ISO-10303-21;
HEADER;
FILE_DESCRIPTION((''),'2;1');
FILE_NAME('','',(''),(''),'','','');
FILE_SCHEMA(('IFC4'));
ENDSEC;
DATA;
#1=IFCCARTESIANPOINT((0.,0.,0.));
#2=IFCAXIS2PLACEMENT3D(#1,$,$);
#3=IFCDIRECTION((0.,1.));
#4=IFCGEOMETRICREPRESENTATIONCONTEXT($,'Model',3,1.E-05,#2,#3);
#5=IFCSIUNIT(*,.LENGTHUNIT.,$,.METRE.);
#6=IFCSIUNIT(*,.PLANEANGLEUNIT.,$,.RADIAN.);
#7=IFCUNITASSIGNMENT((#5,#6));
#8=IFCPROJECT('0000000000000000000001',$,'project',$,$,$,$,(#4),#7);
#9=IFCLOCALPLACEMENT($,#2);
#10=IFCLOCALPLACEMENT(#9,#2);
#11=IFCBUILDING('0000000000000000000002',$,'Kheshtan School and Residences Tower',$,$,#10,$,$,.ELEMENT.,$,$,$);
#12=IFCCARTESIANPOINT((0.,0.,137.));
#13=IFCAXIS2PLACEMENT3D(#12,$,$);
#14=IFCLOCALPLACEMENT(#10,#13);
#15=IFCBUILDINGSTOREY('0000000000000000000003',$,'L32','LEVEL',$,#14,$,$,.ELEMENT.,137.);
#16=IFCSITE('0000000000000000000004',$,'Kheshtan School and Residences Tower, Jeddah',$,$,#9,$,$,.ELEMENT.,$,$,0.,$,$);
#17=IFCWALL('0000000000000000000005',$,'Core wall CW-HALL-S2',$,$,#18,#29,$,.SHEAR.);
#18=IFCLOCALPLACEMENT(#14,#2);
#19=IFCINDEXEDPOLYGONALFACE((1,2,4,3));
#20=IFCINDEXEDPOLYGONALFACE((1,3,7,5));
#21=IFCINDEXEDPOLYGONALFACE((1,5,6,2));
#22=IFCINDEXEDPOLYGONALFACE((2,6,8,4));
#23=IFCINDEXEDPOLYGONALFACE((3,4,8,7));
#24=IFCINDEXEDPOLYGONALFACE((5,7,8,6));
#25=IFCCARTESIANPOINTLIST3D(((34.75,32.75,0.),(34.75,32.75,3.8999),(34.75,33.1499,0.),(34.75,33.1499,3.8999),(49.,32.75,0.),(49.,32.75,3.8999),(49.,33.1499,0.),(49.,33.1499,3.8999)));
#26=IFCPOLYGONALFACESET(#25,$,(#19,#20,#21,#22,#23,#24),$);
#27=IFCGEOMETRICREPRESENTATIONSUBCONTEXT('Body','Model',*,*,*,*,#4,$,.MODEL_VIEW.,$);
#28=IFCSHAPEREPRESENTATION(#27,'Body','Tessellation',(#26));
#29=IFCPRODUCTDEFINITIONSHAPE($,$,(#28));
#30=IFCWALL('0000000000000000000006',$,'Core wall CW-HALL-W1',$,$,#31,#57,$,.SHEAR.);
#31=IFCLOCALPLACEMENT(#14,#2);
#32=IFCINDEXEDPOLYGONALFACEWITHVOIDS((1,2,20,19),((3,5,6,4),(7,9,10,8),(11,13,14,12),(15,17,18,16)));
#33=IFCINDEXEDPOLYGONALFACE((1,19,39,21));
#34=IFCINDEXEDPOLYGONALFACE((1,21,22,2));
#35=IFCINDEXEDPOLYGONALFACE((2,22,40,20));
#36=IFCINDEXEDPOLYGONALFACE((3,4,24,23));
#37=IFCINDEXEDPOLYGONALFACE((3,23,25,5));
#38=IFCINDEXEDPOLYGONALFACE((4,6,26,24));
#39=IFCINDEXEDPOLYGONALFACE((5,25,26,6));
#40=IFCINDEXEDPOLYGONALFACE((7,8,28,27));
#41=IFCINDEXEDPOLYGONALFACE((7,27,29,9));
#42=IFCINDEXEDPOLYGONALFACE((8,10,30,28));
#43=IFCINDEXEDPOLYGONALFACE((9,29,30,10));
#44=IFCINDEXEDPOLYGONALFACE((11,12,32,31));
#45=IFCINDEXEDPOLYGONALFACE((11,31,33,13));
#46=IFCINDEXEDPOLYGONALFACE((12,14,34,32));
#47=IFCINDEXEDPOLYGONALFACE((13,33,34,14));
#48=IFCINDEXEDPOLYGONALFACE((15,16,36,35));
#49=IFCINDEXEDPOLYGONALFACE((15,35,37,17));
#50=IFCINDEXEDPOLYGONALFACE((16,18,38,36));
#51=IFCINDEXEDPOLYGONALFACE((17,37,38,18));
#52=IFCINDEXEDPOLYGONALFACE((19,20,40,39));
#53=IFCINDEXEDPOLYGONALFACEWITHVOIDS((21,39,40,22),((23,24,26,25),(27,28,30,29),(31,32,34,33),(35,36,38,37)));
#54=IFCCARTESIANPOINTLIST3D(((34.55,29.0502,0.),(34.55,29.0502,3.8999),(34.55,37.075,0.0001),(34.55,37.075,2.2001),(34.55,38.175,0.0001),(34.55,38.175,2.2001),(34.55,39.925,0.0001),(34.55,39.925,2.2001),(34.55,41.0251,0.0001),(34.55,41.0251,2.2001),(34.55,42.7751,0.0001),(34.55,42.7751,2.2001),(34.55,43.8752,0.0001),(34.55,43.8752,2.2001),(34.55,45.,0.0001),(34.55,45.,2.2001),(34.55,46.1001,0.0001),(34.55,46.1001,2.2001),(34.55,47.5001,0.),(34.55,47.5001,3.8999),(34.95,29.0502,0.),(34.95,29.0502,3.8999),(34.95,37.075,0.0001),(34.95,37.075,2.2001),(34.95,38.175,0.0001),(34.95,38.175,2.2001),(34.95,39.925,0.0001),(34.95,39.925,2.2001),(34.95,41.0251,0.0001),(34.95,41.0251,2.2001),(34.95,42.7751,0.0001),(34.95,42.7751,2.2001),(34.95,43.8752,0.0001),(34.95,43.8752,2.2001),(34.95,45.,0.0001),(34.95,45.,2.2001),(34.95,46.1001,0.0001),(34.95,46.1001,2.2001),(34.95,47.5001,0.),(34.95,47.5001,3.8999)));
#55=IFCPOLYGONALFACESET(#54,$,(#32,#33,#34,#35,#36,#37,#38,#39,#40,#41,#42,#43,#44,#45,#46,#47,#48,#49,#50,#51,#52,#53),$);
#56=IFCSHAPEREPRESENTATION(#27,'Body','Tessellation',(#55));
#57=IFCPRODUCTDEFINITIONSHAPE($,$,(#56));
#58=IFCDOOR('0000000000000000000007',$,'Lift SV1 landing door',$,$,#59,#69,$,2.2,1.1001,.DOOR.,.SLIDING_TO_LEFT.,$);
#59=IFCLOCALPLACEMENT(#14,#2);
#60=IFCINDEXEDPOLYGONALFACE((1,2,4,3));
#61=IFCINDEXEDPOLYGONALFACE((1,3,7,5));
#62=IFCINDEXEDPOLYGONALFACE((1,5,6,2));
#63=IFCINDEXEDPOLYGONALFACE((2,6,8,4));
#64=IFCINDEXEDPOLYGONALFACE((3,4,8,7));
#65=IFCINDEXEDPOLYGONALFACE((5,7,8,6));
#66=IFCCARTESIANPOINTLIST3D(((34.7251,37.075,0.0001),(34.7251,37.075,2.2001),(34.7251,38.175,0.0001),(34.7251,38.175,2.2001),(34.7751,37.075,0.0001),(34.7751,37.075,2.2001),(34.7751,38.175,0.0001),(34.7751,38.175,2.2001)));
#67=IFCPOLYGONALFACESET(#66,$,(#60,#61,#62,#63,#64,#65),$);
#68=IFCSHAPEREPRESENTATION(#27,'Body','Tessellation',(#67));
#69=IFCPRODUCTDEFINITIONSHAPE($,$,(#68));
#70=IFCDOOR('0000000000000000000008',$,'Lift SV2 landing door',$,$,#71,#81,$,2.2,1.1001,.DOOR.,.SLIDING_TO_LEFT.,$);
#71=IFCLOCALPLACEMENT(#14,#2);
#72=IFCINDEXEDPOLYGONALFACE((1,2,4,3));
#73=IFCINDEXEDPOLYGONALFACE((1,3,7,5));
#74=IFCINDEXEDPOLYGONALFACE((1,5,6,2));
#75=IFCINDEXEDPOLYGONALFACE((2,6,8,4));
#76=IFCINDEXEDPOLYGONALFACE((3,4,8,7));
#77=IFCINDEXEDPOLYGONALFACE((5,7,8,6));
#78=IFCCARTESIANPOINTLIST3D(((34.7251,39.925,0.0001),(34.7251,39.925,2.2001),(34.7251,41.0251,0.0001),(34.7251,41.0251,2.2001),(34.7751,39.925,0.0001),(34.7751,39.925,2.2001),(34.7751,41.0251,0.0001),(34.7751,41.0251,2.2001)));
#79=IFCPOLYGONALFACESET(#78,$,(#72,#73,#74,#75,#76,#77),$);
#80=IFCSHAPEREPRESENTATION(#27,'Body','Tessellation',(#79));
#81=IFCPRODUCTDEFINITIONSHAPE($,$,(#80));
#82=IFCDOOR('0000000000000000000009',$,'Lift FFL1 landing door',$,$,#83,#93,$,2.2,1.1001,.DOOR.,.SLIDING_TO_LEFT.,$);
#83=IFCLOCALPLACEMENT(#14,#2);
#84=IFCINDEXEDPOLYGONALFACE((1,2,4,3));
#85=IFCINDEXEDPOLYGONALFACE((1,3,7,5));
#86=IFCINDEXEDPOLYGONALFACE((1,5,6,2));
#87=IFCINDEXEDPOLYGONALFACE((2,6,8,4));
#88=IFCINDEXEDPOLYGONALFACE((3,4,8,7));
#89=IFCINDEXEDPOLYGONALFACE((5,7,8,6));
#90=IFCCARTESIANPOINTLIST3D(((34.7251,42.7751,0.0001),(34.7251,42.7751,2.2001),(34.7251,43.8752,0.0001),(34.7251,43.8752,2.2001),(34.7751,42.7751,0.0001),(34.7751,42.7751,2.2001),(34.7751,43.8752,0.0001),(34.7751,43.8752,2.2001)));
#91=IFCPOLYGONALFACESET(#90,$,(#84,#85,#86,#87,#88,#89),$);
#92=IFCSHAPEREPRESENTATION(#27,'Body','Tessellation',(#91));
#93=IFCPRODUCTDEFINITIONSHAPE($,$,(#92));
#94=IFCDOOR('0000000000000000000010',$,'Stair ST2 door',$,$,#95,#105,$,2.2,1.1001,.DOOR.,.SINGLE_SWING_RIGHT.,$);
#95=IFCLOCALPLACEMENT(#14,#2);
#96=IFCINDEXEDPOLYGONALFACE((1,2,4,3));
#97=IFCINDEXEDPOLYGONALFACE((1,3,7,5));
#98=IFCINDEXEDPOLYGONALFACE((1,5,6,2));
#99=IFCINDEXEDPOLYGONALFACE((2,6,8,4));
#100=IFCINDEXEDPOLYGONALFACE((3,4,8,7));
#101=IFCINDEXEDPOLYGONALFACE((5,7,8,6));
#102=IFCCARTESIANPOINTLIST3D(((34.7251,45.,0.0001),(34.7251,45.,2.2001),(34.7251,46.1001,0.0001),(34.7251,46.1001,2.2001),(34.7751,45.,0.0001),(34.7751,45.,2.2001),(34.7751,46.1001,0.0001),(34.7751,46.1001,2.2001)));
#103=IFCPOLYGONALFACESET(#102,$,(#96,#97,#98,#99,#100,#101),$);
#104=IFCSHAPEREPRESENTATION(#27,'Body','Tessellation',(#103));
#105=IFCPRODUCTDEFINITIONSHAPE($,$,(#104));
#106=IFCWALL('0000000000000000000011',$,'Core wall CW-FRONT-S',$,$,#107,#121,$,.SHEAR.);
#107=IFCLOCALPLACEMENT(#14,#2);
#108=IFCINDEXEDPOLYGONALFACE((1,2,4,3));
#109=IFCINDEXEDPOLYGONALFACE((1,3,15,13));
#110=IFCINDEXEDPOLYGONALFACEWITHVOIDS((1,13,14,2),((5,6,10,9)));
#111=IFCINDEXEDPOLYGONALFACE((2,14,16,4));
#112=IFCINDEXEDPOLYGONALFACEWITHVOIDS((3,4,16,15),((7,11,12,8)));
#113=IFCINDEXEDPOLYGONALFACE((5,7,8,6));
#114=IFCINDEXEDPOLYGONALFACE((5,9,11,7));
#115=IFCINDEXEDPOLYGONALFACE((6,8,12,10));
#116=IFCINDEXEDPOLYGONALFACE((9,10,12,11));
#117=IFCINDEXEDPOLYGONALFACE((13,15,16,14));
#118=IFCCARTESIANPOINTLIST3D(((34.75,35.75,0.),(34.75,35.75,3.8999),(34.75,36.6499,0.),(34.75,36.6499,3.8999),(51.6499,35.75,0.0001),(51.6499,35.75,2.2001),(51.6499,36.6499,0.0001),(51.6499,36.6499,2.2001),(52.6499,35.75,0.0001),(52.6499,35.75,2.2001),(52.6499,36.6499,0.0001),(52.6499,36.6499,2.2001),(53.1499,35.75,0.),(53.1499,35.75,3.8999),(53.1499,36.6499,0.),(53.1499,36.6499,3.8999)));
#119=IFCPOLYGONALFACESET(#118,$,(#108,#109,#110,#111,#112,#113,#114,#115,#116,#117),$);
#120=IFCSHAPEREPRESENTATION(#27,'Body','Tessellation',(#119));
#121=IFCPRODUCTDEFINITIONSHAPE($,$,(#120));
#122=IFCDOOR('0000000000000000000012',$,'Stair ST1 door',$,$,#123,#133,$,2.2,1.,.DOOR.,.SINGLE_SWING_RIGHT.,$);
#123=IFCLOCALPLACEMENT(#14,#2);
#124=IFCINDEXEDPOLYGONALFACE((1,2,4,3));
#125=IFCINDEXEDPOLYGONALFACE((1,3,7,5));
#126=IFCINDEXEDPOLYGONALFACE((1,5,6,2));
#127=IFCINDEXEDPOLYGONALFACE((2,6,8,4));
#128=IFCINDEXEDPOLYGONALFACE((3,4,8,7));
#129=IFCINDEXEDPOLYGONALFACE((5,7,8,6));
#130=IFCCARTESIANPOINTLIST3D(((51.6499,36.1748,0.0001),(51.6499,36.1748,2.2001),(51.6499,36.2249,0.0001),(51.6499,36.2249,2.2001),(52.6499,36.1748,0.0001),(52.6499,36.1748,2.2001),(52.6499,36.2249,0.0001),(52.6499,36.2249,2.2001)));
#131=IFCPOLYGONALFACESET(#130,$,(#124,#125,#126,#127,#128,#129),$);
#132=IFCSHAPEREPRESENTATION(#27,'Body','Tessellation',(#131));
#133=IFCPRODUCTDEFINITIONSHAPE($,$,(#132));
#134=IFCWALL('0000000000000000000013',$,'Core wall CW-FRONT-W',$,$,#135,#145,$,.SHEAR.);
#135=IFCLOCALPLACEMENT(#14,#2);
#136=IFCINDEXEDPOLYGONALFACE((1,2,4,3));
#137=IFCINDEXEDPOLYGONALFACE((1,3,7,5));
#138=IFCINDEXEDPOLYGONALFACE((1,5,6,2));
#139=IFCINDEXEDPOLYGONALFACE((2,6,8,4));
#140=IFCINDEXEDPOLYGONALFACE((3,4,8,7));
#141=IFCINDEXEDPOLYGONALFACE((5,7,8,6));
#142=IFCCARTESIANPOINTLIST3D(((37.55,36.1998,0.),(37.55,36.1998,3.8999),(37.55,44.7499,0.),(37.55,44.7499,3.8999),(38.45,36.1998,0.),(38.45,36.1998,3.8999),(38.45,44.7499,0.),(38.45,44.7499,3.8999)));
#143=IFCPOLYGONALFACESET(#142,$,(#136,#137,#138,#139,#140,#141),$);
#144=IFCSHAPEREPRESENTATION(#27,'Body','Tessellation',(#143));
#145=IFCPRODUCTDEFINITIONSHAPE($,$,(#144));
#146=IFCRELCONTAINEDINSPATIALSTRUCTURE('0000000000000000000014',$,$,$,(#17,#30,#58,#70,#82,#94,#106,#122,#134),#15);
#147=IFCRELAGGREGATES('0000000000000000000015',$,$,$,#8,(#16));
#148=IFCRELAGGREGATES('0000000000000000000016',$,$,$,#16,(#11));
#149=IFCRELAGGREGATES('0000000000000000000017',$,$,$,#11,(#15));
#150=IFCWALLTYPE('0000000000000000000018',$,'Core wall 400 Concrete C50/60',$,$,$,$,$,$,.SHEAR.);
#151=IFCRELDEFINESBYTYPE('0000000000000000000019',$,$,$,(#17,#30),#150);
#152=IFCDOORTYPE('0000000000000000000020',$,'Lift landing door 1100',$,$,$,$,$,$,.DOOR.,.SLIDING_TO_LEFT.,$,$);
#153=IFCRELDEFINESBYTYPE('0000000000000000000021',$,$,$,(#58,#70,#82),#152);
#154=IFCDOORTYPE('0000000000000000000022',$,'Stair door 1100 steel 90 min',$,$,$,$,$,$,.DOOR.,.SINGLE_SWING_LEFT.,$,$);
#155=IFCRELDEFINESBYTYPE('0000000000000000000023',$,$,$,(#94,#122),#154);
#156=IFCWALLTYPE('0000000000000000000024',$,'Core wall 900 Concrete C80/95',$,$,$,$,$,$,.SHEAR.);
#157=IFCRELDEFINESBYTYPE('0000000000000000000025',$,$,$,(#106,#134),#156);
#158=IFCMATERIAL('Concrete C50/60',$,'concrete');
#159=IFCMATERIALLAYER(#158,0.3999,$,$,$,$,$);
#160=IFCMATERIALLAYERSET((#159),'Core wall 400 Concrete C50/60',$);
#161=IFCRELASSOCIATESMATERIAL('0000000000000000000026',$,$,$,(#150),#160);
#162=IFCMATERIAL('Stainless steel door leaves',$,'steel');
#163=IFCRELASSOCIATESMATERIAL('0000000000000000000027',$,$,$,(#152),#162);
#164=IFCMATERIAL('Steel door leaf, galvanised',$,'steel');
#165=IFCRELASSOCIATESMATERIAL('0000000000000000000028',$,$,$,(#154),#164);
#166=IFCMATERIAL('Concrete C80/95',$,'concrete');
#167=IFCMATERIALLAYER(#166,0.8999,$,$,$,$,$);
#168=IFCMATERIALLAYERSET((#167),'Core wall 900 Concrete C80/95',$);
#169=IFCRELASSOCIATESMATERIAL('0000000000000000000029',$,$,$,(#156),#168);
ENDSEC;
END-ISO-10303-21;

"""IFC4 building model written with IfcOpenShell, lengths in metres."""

from ifc_helpers import new_model, si_unit, direction, frame, frame_2d, origin, place, context, subcontext, project, spatial, rectangle, extrude, source, transform, mapped, material, layer, layer_set, type_object, element, fill, save


model = new_model("IFC4")

# Units and contexts
model_context = context("Model", 3, precision=1e-05, world=origin(), true_north=direction((0.0, 1.0)))
body_context = subcontext(model_context, "Body", "Model", "MODEL_VIEW")
ifc_project = project(units=[si_unit("LENGTHUNIT", "METRE"), si_unit("PLANEANGLEUNIT", "RADIAN")], contexts=[model_context])

# Site, building, storey
site_placement = place(None, origin())
site = spatial("IfcSite", under=ifc_project, at=site_placement, Name="Kheshtan School and Residences Tower, Jeddah", CompositionType="ELEMENT", RefElevation=0.0)
building_placement = place(site_placement, origin())
building = spatial("IfcBuilding", under=site, at=building_placement, Name="Kheshtan School and Residences Tower", CompositionType="ELEMENT")
storey_placement = place(building_placement, frame((0.0, 0.0, 137.0)))
storey = spatial("IfcBuildingStorey", under=building, at=storey_placement, Name="L32", Description="LEVEL", CompositionType="ELEMENT", Elevation=137.0)

# Wall
ifc_material_1 = material(Name="Concrete C50/60", Category="concrete")
ifc_layer_1 = layer(ifc_material_1, 0.3999)
ifc_layer_set_1 = layer_set([ifc_layer_1], Name="Core wall 400 Concrete C50/60")
wall_type_1 = type_object("IfcWallType", Name="Core wall 400 Concrete C50/60", PredefinedType="SHEAR", material=ifc_layer_set_1)
wall_1_placement = place(storey_placement, frame((34.75, 32.95, 0.0), z_axis=(0.0, 0.0, 1.0), x_axis=(1.0, 0.0, 0.0)))
element("IfcWall", 1, at=wall_1_placement, inside=storey, type_object=wall_type_1, Name="Core wall CW-HALL-S2", PredefinedType="SHEAR", context=body_context, shape_type="SweptSolid", body=[
    extrude(rectangle(XDim=14.25, YDim=0.3999, at=frame_2d((7.125, 0.0))), origin(), (0.0, 0.0, 1.0), 3.8999),
])

# Wall, openings, doors
wall_2_placement = place(storey_placement, frame((34.75, 29.05, 0.0), z_axis=(0.0, 0.0, 1.0), x_axis=(0.0, 1.0, 0.0)))
wall_2 = element("IfcWall", 2, at=wall_2_placement, inside=storey, type_object=wall_type_1, Name="Core wall CW-HALL-W1", PredefinedType="SHEAR", context=body_context, shape_type="SweptSolid", body=[
    extrude(rectangle(XDim=18.45, YDim=0.3999, at=frame_2d((9.2251, 0.0))), origin(), (0.0, 0.0, 1.0), 3.8999),
])
opening_1_placement = place(wall_2_placement, frame((8.0249, 0.0, 0.0)))
opening_1 = element("IfcOpeningElement", 3, at=opening_1_placement, cuts=wall_2, PredefinedType="OPENING", context=body_context, shape_type="SweptSolid", body=[
    extrude(rectangle(XDim=1.1001, YDim=2.2, at=frame_2d((0.55, 1.1001))), frame((0.0, 0.21, 0.0), z_axis=(0.0, -1.0, 0.0), x_axis=(1.0, 0.0, 0.0)), (0.0, 0.0, 1.0), 0.4199),
])
opening_2_placement = place(wall_2_placement, frame((10.875, 0.0, 0.0)))
opening_2 = element("IfcOpeningElement", 4, at=opening_2_placement, cuts=wall_2, PredefinedType="OPENING", context=body_context, shape_type="SweptSolid", body=[
    extrude(rectangle(XDim=1.1001, YDim=2.2, at=frame_2d((0.55, 1.1001))), frame((0.0, 0.21, 0.0), z_axis=(0.0, -1.0, 0.0), x_axis=(1.0, 0.0, 0.0)), (0.0, 0.0, 1.0), 0.4199),
])
opening_3_placement = place(wall_2_placement, frame((13.7251, 0.0, 0.0)))
opening_3 = element("IfcOpeningElement", 5, at=opening_3_placement, cuts=wall_2, PredefinedType="OPENING", context=body_context, shape_type="SweptSolid", body=[
    extrude(rectangle(XDim=1.1001, YDim=2.2, at=frame_2d((0.55, 1.1001))), frame((0.0, 0.21, 0.0), z_axis=(0.0, -1.0, 0.0), x_axis=(1.0, 0.0, 0.0)), (0.0, 0.0, 1.0), 0.4199),
])
opening_4_placement = place(wall_2_placement, frame((15.95, 0.0, 0.0)))
opening_4 = element("IfcOpeningElement", 6, at=opening_4_placement, cuts=wall_2, PredefinedType="OPENING", context=body_context, shape_type="SweptSolid", body=[
    extrude(rectangle(XDim=1.1001, YDim=2.2, at=frame_2d((0.55, 1.1001))), frame((0.0, 0.21, 0.0), z_axis=(0.0, -1.0, 0.0), x_axis=(1.0, 0.0, 0.0)), (0.0, 0.0, 1.0), 0.4199),
])
ifc_material_2 = material(Name="Stainless steel door leaves", Category="steel")
door_type_1 = type_object("IfcDoorType", Name="Lift landing door 1100", OperationType="SLIDING_TO_LEFT", PredefinedType="DOOR", material=ifc_material_2)
shared_shape_1 = source(origin(), body_context, "Body", "SweptSolid", [
    extrude(rectangle(XDim=1.1001, YDim=2.2, at=frame_2d((0.55, 1.1001))), frame((0.0, 0.0249, 0.0), z_axis=(0.0, -1.0, 0.0), x_axis=(1.0, 0.0, 0.0)), (0.0, 0.0, 1.0), 0.05),
])
door_1_placement = place(opening_1_placement, origin())
door_1 = element("IfcDoor", 7, at=door_1_placement, inside=storey, type_object=door_type_1, Name="Lift SV1 landing door", OperationType="SLIDING_TO_LEFT", OverallHeight=2.2, OverallWidth=1.1001, PredefinedType="DOOR", context=body_context, shape_type="MappedRepresentation", body=[
    mapped(shared_shape_1, transform((0.0, 0.0, 0.0), x_axis=(1.0, 0.0, 0.0), y_axis=(0.0, 1.0, 0.0), z_axis=(0.0, 0.0, 1.0), scale=1.0)),
])
fill(opening_1, door_1)
door_2_placement = place(opening_2_placement, origin())
door_2 = element("IfcDoor", 8, at=door_2_placement, inside=storey, type_object=door_type_1, Name="Lift SV2 landing door", OperationType="SLIDING_TO_LEFT", OverallHeight=2.2, OverallWidth=1.1001, PredefinedType="DOOR", context=body_context, shape_type="MappedRepresentation", body=[
    mapped(shared_shape_1, transform((0.0, 0.0, 0.0), x_axis=(1.0, 0.0, 0.0), y_axis=(0.0, 1.0, 0.0), z_axis=(0.0, 0.0, 1.0), scale=1.0)),
])
fill(opening_2, door_2)
door_3_placement = place(opening_3_placement, origin())
door_3 = element("IfcDoor", 9, at=door_3_placement, inside=storey, type_object=door_type_1, Name="Lift FFL1 landing door", OperationType="SLIDING_TO_LEFT", OverallHeight=2.2, OverallWidth=1.1001, PredefinedType="DOOR", context=body_context, shape_type="MappedRepresentation", body=[
    mapped(shared_shape_1, transform((0.0, 0.0, 0.0), x_axis=(1.0, 0.0, 0.0), y_axis=(0.0, 1.0, 0.0), z_axis=(0.0, 0.0, 1.0), scale=1.0)),
])
fill(opening_3, door_3)
ifc_material_3 = material(Name="Steel door leaf, galvanised", Category="steel")
door_type_2 = type_object("IfcDoorType", Name="Stair door 1100 steel 90 min", OperationType="SINGLE_SWING_LEFT", PredefinedType="DOOR", material=ifc_material_3)
shared_shape_2 = source(origin(), body_context, "Body", "SweptSolid", [
    extrude(rectangle(XDim=1.1001, YDim=2.2, at=frame_2d((0.55, 1.1001))), frame((0.0, 0.0249, 0.0), z_axis=(0.0, -1.0, 0.0), x_axis=(1.0, 0.0, 0.0)), (0.0, 0.0, 1.0), 0.05),
])
door_4_placement = place(opening_4_placement, origin())
door_4 = element("IfcDoor", 10, at=door_4_placement, inside=storey, type_object=door_type_2, Name="Stair ST2 door", OperationType="SINGLE_SWING_RIGHT", OverallHeight=2.2, OverallWidth=1.1001, PredefinedType="DOOR", context=body_context, shape_type="MappedRepresentation", body=[
    mapped(shared_shape_2, transform((0.0, 0.0, 0.0), x_axis=(1.0, 0.0, 0.0), y_axis=(0.0, 1.0, 0.0), z_axis=(0.0, 0.0, 1.0), scale=1.0)),
])
fill(opening_4, door_4)

# Wall, opening, door
ifc_material_4 = material(Name="Concrete C80/95", Category="concrete")
ifc_layer_2 = layer(ifc_material_4, 0.8999)
ifc_layer_set_2 = layer_set([ifc_layer_2], Name="Core wall 900 Concrete C80/95")
wall_type_2 = type_object("IfcWallType", Name="Core wall 900 Concrete C80/95", PredefinedType="SHEAR", material=ifc_layer_set_2)
wall_3_placement = place(storey_placement, frame((34.75, 36.2, 0.0), z_axis=(0.0, 0.0, 1.0), x_axis=(1.0, 0.0, 0.0)))
wall_3 = element("IfcWall", 11, at=wall_3_placement, inside=storey, type_object=wall_type_2, Name="Core wall CW-FRONT-S", PredefinedType="SHEAR", context=body_context, shape_type="SweptSolid", body=[
    extrude(rectangle(XDim=18.3999, YDim=0.8999, at=frame_2d((9.2, 0.0))), origin(), (0.0, 0.0, 1.0), 3.8999),
])
opening_5_placement = place(wall_3_placement, frame((16.8999, 0.0, 0.0)))
opening_5 = element("IfcOpeningElement", 12, at=opening_5_placement, cuts=wall_3, PredefinedType="OPENING", context=body_context, shape_type="SweptSolid", body=[
    extrude(rectangle(XDim=1.0, YDim=2.2, at=frame_2d((0.5, 1.1001))), frame((0.0, 0.46, 0.0), z_axis=(0.0, -1.0, 0.0), x_axis=(1.0, 0.0, 0.0)), (0.0, 0.0, 1.0), 0.9199),
])
shared_shape_3 = source(origin(), body_context, "Body", "SweptSolid", [
    extrude(rectangle(XDim=1.0, YDim=2.2, at=frame_2d((0.5, 1.1001))), frame((0.0, 0.0249, 0.0), z_axis=(0.0, -1.0, 0.0), x_axis=(1.0, 0.0, 0.0)), (0.0, 0.0, 1.0), 0.05),
])
door_5_placement = place(opening_5_placement, origin())
door_5 = element("IfcDoor", 13, at=door_5_placement, inside=storey, type_object=door_type_2, Name="Stair ST1 door", OperationType="SINGLE_SWING_RIGHT", OverallHeight=2.2, OverallWidth=1.0, PredefinedType="DOOR", context=body_context, shape_type="MappedRepresentation", body=[
    mapped(shared_shape_3, transform((0.0, 0.0, 0.0), x_axis=(1.0, 0.0, 0.0), y_axis=(0.0, 1.0, 0.0), z_axis=(0.0, 0.0, 1.0), scale=1.0)),
])
fill(opening_5, door_5)

# Wall
wall_4_placement = place(storey_placement, frame((38.0, 36.2, 0.0), z_axis=(0.0, 0.0, 1.0), x_axis=(0.0, 1.0, 0.0)))
element("IfcWall", 14, at=wall_4_placement, inside=storey, type_object=wall_type_2, Name="Core wall CW-FRONT-W", PredefinedType="SHEAR", context=body_context, shape_type="SweptSolid", body=[
    extrude(rectangle(XDim=8.55, YDim=0.8999, at=frame_2d((4.2749, 0.0))), origin(), (0.0, 0.0, 1.0), 3.8999),
])

save(model, "model.ifc")
